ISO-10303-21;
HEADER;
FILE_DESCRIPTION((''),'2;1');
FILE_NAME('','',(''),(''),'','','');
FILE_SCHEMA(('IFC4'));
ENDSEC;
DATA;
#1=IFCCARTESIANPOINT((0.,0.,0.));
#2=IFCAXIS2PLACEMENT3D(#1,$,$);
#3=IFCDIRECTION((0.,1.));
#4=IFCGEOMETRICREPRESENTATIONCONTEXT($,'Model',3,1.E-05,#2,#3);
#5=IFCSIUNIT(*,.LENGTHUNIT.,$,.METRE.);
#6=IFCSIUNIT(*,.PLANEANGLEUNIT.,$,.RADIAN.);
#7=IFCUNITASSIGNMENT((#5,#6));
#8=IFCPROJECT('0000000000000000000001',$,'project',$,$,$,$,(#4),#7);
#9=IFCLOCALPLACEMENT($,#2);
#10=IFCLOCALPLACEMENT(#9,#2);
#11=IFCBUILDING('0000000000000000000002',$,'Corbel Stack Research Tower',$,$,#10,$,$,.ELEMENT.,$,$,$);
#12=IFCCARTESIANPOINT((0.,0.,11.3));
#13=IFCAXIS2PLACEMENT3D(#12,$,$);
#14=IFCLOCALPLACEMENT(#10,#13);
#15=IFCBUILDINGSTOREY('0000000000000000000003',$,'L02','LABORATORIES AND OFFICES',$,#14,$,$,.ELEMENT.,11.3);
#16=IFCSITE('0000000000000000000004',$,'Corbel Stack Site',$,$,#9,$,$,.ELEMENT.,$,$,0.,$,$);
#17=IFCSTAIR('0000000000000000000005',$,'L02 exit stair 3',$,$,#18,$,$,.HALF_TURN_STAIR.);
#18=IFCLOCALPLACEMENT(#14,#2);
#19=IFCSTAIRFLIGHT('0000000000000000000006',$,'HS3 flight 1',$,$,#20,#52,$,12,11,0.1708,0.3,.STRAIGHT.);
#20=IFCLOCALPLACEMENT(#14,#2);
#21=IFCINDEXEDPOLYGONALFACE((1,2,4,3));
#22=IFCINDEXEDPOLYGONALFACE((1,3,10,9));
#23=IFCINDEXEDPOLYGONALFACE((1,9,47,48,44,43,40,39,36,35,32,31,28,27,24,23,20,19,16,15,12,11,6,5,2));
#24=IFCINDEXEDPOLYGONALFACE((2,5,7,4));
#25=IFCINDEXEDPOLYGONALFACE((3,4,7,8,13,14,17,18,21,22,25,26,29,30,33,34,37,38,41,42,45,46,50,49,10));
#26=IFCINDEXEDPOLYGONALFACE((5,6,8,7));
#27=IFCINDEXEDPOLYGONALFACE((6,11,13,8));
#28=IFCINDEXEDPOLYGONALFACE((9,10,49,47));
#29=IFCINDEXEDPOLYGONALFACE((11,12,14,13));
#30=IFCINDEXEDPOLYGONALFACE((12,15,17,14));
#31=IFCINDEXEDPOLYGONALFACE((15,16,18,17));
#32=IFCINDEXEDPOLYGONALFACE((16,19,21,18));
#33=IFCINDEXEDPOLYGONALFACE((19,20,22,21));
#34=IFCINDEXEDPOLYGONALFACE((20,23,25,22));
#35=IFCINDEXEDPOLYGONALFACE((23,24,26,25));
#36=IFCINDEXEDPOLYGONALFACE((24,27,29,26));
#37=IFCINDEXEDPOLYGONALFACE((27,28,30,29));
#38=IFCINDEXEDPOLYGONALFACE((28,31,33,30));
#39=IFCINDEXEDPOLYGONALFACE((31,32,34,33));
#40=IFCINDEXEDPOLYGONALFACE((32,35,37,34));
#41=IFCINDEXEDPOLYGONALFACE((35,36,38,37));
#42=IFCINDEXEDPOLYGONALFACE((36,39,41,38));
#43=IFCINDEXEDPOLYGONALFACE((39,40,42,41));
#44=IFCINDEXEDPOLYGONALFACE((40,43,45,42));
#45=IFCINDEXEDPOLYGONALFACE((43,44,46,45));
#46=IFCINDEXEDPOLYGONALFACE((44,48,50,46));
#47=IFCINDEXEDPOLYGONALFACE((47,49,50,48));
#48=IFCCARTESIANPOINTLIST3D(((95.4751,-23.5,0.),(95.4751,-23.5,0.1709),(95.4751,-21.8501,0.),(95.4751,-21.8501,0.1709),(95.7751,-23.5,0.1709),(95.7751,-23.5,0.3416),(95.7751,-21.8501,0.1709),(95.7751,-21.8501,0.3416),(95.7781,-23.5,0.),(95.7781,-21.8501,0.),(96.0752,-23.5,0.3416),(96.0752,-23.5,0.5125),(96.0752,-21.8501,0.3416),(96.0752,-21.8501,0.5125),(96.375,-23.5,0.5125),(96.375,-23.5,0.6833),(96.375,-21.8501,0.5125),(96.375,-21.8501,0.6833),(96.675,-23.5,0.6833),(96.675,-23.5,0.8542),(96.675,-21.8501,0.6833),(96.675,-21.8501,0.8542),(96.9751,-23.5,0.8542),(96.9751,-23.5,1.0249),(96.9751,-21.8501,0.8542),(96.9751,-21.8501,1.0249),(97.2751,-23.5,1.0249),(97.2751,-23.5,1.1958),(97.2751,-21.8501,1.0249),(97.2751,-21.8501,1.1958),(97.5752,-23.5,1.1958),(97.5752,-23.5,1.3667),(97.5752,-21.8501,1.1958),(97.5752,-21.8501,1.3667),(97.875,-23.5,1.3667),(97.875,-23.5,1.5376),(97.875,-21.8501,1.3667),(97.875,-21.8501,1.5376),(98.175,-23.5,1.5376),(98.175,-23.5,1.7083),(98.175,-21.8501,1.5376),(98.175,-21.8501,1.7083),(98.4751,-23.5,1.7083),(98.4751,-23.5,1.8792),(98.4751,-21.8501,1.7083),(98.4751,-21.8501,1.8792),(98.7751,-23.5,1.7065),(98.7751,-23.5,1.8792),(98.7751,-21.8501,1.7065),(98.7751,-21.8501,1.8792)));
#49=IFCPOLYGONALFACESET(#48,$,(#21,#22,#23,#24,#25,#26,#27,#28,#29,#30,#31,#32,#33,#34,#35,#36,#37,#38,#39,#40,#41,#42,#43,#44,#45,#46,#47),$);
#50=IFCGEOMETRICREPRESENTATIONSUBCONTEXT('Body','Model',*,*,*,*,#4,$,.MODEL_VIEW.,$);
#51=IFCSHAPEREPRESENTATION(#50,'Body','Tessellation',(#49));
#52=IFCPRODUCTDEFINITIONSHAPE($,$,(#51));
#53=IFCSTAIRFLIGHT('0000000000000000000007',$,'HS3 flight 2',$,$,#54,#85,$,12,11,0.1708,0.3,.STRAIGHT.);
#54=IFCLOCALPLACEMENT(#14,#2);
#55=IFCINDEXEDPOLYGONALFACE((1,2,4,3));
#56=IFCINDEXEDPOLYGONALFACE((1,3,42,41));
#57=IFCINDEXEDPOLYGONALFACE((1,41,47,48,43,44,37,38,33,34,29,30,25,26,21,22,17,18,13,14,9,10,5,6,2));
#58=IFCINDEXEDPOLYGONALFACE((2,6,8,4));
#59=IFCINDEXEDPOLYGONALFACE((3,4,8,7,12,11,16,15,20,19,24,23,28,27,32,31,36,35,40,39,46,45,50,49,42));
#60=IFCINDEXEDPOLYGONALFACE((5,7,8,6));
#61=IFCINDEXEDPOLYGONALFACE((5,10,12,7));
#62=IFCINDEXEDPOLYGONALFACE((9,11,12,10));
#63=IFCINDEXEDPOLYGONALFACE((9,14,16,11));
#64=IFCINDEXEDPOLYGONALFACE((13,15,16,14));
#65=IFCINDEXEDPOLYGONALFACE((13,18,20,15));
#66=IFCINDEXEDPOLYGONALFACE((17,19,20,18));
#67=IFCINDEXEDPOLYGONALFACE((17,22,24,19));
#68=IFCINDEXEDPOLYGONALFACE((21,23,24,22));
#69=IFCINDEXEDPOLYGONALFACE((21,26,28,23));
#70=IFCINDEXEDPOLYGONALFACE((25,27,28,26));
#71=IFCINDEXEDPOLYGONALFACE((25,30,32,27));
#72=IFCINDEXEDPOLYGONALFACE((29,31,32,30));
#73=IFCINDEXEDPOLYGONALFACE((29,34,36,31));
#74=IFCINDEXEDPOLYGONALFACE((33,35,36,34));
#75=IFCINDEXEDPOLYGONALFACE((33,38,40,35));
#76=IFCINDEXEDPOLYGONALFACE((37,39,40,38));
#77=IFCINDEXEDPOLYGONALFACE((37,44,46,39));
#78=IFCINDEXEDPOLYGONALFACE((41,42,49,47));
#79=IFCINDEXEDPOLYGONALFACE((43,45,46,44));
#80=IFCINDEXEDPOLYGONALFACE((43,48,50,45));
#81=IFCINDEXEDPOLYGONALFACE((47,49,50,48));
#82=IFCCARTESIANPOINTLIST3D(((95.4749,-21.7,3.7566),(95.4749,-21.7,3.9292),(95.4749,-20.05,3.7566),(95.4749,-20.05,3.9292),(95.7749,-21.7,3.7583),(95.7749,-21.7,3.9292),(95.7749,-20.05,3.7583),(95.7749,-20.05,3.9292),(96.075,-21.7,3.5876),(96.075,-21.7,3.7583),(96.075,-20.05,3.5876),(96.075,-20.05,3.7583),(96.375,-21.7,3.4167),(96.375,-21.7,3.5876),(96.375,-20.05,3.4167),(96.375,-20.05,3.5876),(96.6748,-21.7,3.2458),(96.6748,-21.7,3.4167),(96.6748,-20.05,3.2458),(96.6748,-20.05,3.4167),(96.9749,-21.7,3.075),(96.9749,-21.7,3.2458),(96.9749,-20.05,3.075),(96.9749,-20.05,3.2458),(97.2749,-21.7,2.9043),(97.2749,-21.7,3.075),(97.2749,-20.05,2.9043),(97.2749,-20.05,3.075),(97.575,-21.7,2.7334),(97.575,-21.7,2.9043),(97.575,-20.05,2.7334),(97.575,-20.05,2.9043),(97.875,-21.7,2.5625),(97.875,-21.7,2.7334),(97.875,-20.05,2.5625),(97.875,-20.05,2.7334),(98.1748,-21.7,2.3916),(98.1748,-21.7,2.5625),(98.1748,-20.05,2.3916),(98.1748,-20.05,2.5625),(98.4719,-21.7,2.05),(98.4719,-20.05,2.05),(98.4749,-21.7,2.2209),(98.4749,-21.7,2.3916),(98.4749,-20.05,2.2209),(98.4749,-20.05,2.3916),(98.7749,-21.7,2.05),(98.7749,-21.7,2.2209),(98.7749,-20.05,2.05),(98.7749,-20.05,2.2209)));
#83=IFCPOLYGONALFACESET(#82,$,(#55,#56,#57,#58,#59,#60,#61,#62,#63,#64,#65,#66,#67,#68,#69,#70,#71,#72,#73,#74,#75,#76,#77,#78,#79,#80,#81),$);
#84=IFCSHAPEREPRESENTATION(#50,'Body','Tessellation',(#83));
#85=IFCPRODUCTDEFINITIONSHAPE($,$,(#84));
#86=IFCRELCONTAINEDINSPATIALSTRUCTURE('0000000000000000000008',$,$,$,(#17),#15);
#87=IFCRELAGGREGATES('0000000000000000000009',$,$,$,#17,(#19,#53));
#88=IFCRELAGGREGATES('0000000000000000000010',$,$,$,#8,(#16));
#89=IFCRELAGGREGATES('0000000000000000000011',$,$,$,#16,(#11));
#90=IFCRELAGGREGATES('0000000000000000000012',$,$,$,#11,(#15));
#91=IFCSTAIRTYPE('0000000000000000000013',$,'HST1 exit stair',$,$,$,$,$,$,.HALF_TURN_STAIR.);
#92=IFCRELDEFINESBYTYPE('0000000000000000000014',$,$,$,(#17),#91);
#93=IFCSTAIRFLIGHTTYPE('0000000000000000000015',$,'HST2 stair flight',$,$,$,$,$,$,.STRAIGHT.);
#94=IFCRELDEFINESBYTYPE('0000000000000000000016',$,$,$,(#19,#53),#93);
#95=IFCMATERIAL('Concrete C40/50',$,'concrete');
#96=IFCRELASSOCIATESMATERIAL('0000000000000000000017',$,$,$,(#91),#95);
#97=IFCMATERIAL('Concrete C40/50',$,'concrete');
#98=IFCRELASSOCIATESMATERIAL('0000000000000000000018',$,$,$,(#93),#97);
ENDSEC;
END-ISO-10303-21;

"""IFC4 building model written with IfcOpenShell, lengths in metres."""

from ifc_helpers import new_model, si_unit, direction, frame, origin, place, context, subcontext, project, spatial, polyline, outline, extrude, material, type_object, element, aggregate, save


model = new_model("IFC4")

# Units and contexts
model_context = context("Model", 3, precision=1e-05, world=origin(), true_north=direction((0.0, 1.0)))
body_context = subcontext(model_context, "Body", "Model", "MODEL_VIEW")
ifc_project = project(units=[si_unit("LENGTHUNIT", "METRE"), si_unit("PLANEANGLEUNIT", "RADIAN")], contexts=[model_context])

# Site, building, storey
site_placement = place(None, origin())
site = spatial("IfcSite", under=ifc_project, at=site_placement, Name="Corbel Stack Site", CompositionType="ELEMENT", RefElevation=0.0)
building_placement = place(site_placement, origin())
building = spatial("IfcBuilding", under=site, at=building_placement, Name="Corbel Stack Research Tower", CompositionType="ELEMENT")
storey_placement = place(building_placement, frame((0.0, 0.0, 11.3)))
storey = spatial("IfcBuildingStorey", under=building, at=storey_placement, Name="L02", Description="LABORATORIES AND OFFICES", CompositionType="ELEMENT", Elevation=11.3)

# Stair, stair flights
ifc_material_1 = material(Name="Concrete C40/50", Category="concrete")
stair_type = type_object("IfcStairType", Name="HST1 exit stair", PredefinedType="HALF_TURN_STAIR", material=ifc_material_1)
stair_placement = place(storey_placement, origin())
stair = element("IfcStair", 1, at=stair_placement, inside=storey, type_object=stair_type, Name="L02 exit stair 3", PredefinedType="HALF_TURN_STAIR")
ifc_material_2 = material(Name="Concrete C40/50", Category="concrete")
stair_flight_type = type_object("IfcStairFlightType", Name="HST2 stair flight", PredefinedType="STRAIGHT", material=ifc_material_2)
stair_flight_1_placement = place(storey_placement, frame((95.4751, -22.675, 0.0), z_axis=(0.0, 0.0, 1.0), x_axis=(1.0, 0.0, 0.0)))
stair_flight_1 = element("IfcStairFlight", 2, at=stair_flight_1_placement, type_object=stair_flight_type, Name="HS3 flight 1", NumberOfRisers=12, NumberOfTreads=11, PredefinedType="STRAIGHT", RiserHeight=0.1708, TreadLength=0.3, context=body_context, shape_type="SweptSolid", body=[
    extrude(outline(polyline([(0.0, 0.0), (0.0, 0.1709), (0.3, 0.1709), (0.3, 0.3416), (0.6001, 0.3416), (0.6001, 0.5125), (0.8999, 0.5125), (0.8999, 0.6833), (1.2, 0.6833), (1.2, 0.8542), (1.5, 0.8542), (1.5, 1.0249), (1.8, 1.0249), (1.8, 1.1958), (2.1001, 1.1958), (2.1001, 1.3667), (2.3999, 1.3667), (2.3999, 1.5376), (2.7, 1.5376), (2.7, 1.7083), (3.0, 1.7083), (3.0, 1.8792), (3.3, 1.8792), (3.3, 2.05), (3.3, 1.7065), (0.303, 0.0), (0.0, 0.0)])), frame((0.0, 0.825, 0.0), z_axis=(0.0, -1.0, 0.0), x_axis=(1.0, 0.0, 0.0)), (0.0, 0.0, 1.0), 1.6499),
])
stair_flight_2_placement = place(storey_placement, frame((98.7749, -20.875, 2.05), z_axis=(0.0, 0.0, 1.0), x_axis=(-1.0, 0.0, 0.0)))
stair_flight_2 = element("IfcStairFlight", 3, at=stair_flight_2_placement, type_object=stair_flight_type, Name="HS3 flight 2", NumberOfRisers=12, NumberOfTreads=11, PredefinedType="STRAIGHT", RiserHeight=0.1708, TreadLength=0.3, context=body_context, shape_type="SweptSolid", body=[
    extrude(outline(polyline([(0.0, 0.0), (0.0, 0.1709), (0.3, 0.1709), (0.3, 0.3416), (0.6001, 0.3416), (0.6001, 0.5125), (0.8999, 0.5125), (0.8999, 0.6833), (1.2, 0.6833), (1.2, 0.8542), (1.5, 0.8542), (1.5, 1.0249), (1.8, 1.0249), (1.8, 1.1958), (2.1001, 1.1958), (2.1001, 1.3667), (2.3999, 1.3667), (2.3999, 1.5376), (2.7, 1.5376), (2.7, 1.7083), (3.0, 1.7083), (3.0, 1.8792), (3.3, 1.8792), (3.3, 2.05), (3.3, 1.7065), (0.303, 0.0), (0.0, 0.0)])), frame((0.0, 0.825, 0.0), z_axis=(0.0, -1.0, 0.0), x_axis=(1.0, 0.0, 0.0)), (0.0, 0.0, 1.0), 1.6499),
])
aggregate(stair, [stair_flight_1, stair_flight_2])

save(model, "model.ifc")
